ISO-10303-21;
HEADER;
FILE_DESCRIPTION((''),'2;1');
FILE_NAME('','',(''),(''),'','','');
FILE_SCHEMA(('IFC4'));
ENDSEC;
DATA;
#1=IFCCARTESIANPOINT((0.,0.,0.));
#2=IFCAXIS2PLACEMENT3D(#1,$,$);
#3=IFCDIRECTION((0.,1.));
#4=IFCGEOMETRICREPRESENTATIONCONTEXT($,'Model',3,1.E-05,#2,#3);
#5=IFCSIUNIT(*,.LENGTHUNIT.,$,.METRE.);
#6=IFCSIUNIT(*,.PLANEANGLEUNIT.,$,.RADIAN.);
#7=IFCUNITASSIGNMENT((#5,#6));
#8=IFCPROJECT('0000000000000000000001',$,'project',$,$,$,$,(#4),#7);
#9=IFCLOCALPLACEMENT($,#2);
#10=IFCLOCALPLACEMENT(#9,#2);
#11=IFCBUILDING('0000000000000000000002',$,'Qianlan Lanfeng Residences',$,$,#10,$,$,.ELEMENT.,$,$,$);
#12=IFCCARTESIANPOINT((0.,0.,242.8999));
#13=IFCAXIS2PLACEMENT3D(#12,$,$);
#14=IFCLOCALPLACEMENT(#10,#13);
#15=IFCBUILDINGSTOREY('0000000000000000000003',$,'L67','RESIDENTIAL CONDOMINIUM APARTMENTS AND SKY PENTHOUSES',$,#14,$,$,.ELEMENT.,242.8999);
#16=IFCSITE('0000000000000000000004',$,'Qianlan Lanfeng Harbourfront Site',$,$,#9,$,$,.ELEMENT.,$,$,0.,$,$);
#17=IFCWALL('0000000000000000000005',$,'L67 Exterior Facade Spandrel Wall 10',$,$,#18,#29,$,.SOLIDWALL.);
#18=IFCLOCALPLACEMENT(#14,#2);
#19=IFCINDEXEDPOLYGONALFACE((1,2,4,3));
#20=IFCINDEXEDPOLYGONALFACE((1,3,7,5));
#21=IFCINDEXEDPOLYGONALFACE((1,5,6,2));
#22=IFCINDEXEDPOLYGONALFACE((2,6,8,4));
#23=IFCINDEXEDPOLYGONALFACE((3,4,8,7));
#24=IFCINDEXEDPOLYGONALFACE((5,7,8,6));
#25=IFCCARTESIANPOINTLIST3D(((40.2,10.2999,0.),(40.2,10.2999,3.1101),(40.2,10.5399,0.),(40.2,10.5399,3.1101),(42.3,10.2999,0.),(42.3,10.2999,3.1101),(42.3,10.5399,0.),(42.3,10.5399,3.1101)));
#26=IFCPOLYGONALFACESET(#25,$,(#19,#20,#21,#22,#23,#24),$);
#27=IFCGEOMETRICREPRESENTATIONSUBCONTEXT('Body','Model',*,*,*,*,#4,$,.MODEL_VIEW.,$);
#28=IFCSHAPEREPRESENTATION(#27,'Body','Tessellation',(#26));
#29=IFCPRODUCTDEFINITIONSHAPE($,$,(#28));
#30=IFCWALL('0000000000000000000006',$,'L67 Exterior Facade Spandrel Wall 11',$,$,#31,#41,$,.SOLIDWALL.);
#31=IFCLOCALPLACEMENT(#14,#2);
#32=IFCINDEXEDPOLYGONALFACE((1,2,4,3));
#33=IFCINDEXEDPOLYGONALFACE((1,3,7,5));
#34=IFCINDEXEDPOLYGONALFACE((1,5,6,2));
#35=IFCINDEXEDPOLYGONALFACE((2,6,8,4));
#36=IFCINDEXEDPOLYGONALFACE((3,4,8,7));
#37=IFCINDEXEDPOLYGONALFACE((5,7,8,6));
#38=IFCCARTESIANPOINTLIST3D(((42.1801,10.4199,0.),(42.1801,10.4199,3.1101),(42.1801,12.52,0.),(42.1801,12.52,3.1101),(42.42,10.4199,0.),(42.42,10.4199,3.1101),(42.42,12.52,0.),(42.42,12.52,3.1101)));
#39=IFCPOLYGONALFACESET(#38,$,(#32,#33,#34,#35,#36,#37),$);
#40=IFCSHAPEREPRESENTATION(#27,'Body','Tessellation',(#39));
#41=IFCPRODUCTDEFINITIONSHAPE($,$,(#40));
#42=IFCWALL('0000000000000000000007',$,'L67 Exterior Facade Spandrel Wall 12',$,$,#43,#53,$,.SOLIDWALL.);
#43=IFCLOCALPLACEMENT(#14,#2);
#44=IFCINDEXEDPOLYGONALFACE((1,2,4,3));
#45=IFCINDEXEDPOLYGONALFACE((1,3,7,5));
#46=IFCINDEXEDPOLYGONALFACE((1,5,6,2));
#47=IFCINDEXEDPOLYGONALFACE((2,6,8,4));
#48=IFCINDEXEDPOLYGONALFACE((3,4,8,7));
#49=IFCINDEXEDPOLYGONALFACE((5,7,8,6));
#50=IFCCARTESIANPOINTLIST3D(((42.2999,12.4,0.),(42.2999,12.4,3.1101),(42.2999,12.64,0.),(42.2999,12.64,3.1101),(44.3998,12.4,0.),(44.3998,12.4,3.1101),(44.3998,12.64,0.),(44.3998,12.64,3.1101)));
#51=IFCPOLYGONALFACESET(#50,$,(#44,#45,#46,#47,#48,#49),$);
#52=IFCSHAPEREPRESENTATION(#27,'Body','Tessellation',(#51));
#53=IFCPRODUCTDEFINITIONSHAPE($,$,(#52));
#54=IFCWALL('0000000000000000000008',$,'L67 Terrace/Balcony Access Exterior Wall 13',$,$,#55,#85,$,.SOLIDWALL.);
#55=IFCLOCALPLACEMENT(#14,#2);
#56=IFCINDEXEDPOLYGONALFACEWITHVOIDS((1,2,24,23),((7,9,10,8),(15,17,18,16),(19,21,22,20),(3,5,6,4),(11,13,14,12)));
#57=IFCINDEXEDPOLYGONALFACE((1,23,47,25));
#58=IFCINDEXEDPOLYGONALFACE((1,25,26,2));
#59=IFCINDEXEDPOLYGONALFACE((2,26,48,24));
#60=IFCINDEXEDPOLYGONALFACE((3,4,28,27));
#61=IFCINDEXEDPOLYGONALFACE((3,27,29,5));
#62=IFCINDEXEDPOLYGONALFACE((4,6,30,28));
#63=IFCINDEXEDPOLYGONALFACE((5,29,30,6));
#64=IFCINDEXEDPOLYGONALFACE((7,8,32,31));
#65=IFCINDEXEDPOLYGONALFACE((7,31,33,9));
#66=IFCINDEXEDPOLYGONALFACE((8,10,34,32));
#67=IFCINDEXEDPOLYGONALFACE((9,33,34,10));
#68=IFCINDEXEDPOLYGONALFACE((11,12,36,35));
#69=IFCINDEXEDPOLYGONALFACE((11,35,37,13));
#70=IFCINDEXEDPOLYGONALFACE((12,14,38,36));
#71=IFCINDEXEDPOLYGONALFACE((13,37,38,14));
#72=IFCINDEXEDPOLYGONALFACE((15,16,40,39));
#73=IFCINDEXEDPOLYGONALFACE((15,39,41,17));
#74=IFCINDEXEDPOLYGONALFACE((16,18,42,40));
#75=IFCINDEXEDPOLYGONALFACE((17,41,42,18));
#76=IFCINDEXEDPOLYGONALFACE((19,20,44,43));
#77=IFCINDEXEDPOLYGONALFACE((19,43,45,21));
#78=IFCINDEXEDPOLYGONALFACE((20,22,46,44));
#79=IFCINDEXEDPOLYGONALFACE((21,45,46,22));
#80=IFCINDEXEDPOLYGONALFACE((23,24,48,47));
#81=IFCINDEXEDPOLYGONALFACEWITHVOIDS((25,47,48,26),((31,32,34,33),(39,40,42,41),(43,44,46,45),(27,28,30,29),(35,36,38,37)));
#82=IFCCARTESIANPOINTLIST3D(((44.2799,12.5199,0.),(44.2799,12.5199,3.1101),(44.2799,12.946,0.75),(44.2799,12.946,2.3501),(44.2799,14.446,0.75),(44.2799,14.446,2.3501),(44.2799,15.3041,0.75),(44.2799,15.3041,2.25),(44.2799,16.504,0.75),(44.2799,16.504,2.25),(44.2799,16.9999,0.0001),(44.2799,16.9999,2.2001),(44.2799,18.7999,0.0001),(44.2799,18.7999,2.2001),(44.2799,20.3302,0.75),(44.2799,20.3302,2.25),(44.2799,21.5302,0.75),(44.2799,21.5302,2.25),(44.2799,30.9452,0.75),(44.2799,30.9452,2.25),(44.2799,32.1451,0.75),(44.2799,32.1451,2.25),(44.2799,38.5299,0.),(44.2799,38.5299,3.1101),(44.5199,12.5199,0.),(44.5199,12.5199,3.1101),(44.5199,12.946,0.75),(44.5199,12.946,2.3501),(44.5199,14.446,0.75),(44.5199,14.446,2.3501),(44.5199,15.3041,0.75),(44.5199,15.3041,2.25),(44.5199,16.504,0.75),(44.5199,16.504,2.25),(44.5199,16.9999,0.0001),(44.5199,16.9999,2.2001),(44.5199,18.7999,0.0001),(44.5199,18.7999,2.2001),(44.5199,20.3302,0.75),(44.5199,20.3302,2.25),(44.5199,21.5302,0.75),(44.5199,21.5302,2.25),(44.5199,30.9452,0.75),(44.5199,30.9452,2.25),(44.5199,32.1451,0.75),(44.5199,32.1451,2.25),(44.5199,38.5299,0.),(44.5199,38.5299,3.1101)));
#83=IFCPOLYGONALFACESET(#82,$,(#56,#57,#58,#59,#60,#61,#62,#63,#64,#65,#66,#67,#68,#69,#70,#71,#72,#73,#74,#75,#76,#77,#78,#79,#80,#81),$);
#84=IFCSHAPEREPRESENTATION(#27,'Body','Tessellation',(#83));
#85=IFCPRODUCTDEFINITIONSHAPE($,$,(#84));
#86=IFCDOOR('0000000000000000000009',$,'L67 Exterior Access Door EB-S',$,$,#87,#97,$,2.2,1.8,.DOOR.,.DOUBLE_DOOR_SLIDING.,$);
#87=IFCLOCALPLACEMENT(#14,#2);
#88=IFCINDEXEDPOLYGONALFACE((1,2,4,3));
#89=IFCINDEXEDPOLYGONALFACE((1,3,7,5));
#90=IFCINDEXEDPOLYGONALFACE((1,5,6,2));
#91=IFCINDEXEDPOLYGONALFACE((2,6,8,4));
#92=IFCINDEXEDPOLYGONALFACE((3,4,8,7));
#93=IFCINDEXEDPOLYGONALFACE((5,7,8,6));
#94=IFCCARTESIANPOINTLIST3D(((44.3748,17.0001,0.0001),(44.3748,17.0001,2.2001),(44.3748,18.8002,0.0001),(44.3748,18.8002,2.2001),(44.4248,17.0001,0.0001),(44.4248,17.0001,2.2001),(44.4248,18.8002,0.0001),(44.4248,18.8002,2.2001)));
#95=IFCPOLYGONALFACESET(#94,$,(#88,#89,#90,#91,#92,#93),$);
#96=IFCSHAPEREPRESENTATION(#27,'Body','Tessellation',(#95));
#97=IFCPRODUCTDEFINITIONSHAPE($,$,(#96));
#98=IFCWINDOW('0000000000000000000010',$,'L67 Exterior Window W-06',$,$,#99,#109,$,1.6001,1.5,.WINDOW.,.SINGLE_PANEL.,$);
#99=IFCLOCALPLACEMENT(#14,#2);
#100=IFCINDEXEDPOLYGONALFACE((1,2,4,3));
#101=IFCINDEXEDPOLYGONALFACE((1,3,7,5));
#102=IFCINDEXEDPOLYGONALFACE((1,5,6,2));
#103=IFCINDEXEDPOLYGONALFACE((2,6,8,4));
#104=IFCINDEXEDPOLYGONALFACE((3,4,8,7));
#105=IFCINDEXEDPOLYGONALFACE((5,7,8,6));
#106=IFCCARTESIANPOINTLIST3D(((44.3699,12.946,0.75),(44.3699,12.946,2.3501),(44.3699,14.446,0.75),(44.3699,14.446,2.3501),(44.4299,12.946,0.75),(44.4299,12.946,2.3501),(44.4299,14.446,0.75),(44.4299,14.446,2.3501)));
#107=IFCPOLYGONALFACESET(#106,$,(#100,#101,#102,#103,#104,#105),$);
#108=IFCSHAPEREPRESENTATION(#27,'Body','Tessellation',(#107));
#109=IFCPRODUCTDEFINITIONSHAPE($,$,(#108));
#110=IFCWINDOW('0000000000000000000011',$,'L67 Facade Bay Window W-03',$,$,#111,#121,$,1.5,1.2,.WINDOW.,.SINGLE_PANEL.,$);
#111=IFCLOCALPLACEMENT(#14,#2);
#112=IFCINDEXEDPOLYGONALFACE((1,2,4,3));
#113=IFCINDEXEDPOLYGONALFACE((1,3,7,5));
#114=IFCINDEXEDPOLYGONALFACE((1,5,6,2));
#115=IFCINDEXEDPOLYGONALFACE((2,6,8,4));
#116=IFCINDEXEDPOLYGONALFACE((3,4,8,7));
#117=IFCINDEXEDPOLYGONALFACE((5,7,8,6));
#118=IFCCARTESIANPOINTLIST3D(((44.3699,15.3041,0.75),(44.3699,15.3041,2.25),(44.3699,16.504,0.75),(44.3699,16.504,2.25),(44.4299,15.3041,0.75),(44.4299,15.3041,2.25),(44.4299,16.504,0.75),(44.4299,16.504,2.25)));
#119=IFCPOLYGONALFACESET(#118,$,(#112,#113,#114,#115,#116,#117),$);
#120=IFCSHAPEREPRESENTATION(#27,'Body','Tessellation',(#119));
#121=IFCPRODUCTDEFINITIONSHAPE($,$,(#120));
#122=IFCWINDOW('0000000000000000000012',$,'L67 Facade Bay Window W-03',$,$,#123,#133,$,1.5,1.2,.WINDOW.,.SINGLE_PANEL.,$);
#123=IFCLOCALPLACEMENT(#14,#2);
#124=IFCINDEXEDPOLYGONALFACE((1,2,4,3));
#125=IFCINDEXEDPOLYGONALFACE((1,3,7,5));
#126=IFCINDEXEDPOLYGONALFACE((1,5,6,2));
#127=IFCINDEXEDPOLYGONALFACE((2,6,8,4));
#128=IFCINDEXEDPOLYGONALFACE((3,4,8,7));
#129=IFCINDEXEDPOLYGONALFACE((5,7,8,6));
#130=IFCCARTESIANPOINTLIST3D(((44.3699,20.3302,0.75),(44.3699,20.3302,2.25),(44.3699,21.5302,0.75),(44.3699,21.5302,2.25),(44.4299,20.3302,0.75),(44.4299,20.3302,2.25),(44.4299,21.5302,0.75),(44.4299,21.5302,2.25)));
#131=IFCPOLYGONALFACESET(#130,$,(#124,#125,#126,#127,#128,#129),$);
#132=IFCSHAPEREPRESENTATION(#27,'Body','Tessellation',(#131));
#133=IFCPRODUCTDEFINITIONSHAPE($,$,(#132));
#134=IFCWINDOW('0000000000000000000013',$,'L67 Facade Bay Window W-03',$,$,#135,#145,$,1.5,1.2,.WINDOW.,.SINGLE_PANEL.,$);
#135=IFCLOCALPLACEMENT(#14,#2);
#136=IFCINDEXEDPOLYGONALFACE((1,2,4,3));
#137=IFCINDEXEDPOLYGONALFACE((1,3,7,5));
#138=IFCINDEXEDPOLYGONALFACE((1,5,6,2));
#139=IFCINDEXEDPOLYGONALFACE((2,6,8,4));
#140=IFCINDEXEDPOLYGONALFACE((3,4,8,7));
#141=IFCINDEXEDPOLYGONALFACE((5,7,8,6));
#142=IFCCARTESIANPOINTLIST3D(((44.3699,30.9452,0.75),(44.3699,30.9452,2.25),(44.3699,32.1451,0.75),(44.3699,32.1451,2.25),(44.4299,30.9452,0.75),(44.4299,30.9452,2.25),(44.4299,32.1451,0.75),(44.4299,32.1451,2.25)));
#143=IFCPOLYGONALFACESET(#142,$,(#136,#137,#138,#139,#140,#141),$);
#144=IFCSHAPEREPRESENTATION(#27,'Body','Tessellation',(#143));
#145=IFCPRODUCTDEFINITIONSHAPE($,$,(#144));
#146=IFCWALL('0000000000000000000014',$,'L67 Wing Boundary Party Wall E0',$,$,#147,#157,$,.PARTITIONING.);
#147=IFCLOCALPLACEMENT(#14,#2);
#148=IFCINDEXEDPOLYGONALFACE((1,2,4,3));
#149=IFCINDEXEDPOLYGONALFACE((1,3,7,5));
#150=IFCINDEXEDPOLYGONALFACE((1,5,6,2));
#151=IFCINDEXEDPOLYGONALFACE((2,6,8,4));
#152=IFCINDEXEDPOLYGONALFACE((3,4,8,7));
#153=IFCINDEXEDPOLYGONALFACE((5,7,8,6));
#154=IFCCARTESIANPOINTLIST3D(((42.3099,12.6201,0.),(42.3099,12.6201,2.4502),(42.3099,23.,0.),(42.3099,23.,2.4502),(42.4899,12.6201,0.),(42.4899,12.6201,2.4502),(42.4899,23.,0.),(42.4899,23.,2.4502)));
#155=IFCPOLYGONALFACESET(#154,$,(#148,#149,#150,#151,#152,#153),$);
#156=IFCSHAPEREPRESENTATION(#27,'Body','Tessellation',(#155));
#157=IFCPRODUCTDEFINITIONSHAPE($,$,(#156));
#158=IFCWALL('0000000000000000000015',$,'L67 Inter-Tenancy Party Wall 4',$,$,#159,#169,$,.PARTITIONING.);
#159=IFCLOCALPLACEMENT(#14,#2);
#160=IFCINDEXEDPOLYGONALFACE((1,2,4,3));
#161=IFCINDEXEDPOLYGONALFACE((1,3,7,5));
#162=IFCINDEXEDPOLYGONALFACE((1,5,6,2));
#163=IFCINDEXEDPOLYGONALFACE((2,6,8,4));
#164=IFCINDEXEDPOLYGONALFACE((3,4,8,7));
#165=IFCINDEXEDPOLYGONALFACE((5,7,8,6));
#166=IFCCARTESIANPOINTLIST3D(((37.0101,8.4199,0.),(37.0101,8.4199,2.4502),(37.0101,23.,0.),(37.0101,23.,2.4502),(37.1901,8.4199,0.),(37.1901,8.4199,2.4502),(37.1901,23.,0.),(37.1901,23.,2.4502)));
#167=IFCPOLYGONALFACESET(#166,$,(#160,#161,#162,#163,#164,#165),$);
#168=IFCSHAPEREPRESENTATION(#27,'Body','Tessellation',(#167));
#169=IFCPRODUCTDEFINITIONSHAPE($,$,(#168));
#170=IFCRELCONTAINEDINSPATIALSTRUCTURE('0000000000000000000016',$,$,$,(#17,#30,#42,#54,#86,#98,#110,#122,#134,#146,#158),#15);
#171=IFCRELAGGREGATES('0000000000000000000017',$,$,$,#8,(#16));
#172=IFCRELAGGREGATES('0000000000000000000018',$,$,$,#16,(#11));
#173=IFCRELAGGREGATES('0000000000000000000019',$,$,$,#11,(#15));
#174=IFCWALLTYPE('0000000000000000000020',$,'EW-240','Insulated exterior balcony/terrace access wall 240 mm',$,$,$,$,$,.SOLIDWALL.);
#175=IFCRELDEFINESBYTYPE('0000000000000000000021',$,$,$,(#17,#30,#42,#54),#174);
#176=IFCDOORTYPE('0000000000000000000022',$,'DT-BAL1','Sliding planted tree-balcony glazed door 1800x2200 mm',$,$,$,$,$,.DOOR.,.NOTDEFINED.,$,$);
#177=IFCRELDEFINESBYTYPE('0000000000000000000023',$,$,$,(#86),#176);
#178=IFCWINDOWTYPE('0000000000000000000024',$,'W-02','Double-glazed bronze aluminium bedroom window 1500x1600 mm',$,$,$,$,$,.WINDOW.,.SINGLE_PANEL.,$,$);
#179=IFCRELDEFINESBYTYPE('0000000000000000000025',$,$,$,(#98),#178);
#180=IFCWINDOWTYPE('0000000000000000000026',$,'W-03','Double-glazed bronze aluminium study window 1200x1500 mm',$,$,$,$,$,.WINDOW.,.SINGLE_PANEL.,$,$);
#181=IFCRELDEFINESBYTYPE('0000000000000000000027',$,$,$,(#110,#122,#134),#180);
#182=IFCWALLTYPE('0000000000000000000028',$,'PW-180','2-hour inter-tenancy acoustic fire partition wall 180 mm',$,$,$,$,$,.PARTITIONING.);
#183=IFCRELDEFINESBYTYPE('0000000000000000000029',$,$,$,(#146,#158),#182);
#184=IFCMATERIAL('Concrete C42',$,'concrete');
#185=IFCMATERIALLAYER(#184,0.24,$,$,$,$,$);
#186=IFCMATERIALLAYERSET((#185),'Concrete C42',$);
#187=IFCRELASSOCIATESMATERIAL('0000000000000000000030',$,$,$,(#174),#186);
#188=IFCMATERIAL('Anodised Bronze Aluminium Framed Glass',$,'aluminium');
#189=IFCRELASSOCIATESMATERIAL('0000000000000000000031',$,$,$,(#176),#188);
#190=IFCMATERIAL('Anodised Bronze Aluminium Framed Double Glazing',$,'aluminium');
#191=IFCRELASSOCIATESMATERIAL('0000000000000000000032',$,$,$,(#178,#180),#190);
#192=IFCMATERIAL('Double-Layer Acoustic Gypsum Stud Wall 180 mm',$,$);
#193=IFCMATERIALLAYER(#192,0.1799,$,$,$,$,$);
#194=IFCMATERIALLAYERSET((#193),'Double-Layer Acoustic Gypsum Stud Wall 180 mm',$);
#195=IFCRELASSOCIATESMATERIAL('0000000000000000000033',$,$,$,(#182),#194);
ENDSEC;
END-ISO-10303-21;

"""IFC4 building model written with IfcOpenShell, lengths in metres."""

from ifc_helpers import new_model, si_unit, direction, frame, frame_2d, origin, place, context, subcontext, project, spatial, rectangle, extrude, material, layer, layer_set, type_object, element, fill, save


model = new_model("IFC4")

# Units and contexts
model_context = context("Model", 3, precision=1e-05, world=origin(), true_north=direction((0.0, 1.0)))
body_context = subcontext(model_context, "Body", "Model", "MODEL_VIEW")
ifc_project = project(units=[si_unit("LENGTHUNIT", "METRE"), si_unit("PLANEANGLEUNIT", "RADIAN")], contexts=[model_context])

# Site, building, storey
site_placement = place(None, origin())
site = spatial("IfcSite", under=ifc_project, at=site_placement, Name="Qianlan Lanfeng Harbourfront Site", CompositionType="ELEMENT", RefElevation=0.0)
building_placement = place(site_placement, origin())
building = spatial("IfcBuilding", under=site, at=building_placement, Name="Qianlan Lanfeng Residences", CompositionType="ELEMENT")
storey_placement = place(building_placement, frame((0.0, 0.0, 242.8999)))
storey = spatial("IfcBuildingStorey", under=building, at=storey_placement, Name="L67", Description="RESIDENTIAL CONDOMINIUM APARTMENTS AND SKY PENTHOUSES", CompositionType="ELEMENT", Elevation=242.8999)

# Walls
ifc_material_1 = material(Name="Concrete C42", Category="concrete")
ifc_layer_1 = layer(ifc_material_1, 0.24)
ifc_layer_set_1 = layer_set([ifc_layer_1], Name="Concrete C42")
wall_type_1 = type_object("IfcWallType", Name="EW-240", Description="Insulated exterior balcony/terrace access wall 240 mm", PredefinedType="SOLIDWALL", material=ifc_layer_set_1)
for number, where, z_axis, x_axis, name in (
    (1, (40.2, 10.4199, 0.0), (0.0, 0.0, 1.0), (1.0, 0.0, 0.0), "L67 Exterior Facade Spandrel Wall 10"),
    (2, (42.3, 10.4199, 0.0), (0.0, 0.0, 1.0), (0.0, 1.0, 0.0), "L67 Exterior Facade Spandrel Wall 11"),
):
    element("IfcWall", number, at=place(storey_placement, frame(where, z_axis=z_axis, x_axis=x_axis)), inside=storey, type_object=wall_type_1, Name=name, PredefinedType="SOLIDWALL", context=body_context, shape_type="SweptSolid", body=[
        extrude(rectangle(XDim=2.1001, YDim=0.24, at=frame_2d((1.05, 0.0))), origin(), (0.0, 0.0, 1.0), 3.1101),
    ])
wall_1_placement = place(storey_placement, frame((42.3, 12.52, 0.0), z_axis=(0.0, 0.0, 1.0), x_axis=(1.0, 0.0, 0.0)))
element("IfcWall", 3, at=wall_1_placement, inside=storey, type_object=wall_type_1, Name="L67 Exterior Facade Spandrel Wall 12", PredefinedType="SOLIDWALL", context=body_context, shape_type="SweptSolid", body=[
    extrude(rectangle(XDim=2.0999, YDim=0.24, at=frame_2d((1.0498, 0.0))), origin(), (0.0, 0.0, 1.0), 3.1101),
])

# Wall, openings, door, windows
wall_2_placement = place(storey_placement, frame((44.3999, 12.52, 0.0), z_axis=(0.0, 0.0, 1.0), x_axis=(0.0, 1.0, 0.0)))
wall_2 = element("IfcWall", 4, at=wall_2_placement, inside=storey, type_object=wall_type_1, Name="L67 Terrace/Balcony Access Exterior Wall 13", PredefinedType="SOLIDWALL", context=body_context, shape_type="SweptSolid", body=[
    extrude(rectangle(XDim=26.01, YDim=0.24, at=frame_2d((13.0049, 0.0))), origin(), (0.0, 0.0, 1.0), 3.1101),
])
opening_1_placement = place(wall_2_placement, frame((4.48, 0.0, 0.0)))
opening_1 = element("IfcOpeningElement", 5, at=opening_1_placement, cuts=wall_2, PredefinedType="OPENING", context=body_context, shape_type="SweptSolid", body=[
    extrude(rectangle(XDim=1.8, YDim=2.2, at=frame_2d((0.8999, 1.1001))), frame((0.0, 0.1299, 0.0), z_axis=(0.0, -1.0, 0.0), x_axis=(1.0, 0.0, 0.0)), (0.0, 0.0, 1.0), 0.26),
])
opening_2_placement = place(wall_2_placement, frame((0.426, 0.0, 0.75)))
opening_2 = element("IfcOpeningElement", 6, at=opening_2_placement, cuts=wall_2, PredefinedType="OPENING", context=body_context, shape_type="SweptSolid", body=[
    extrude(rectangle(XDim=1.5, YDim=1.6001, at=frame_2d((0.75, 0.8))), frame((0.0, 0.1299, 0.0), z_axis=(0.0, -1.0, 0.0), x_axis=(1.0, 0.0, 0.0)), (0.0, 0.0, 1.0), 0.26),
])
opening_3_placement = place(wall_2_placement, frame((2.7839, 0.0, 0.75)))
opening_3 = element("IfcOpeningElement", 7, at=opening_3_placement, cuts=wall_2, PredefinedType="OPENING", context=body_context, shape_type="SweptSolid", body=[
    extrude(rectangle(XDim=1.2, YDim=1.5, at=frame_2d((0.6001, 0.75))), frame((0.0, 0.1299, 0.0), z_axis=(0.0, -1.0, 0.0), x_axis=(1.0, 0.0, 0.0)), (0.0, 0.0, 1.0), 0.26),
])
opening_4_placement = place(wall_2_placement, frame((7.8101, 0.0, 0.75)))
opening_4 = element("IfcOpeningElement", 8, at=opening_4_placement, cuts=wall_2, PredefinedType="OPENING", context=body_context, shape_type="SweptSolid", body=[
    extrude(rectangle(XDim=1.2, YDim=1.5, at=frame_2d((0.6001, 0.75))), frame((0.0, 0.1299, 0.0), z_axis=(0.0, -1.0, 0.0), x_axis=(1.0, 0.0, 0.0)), (0.0, 0.0, 1.0), 0.26),
])
opening_5_placement = place(wall_2_placement, frame((18.425, 0.0, 0.75)))
opening_5 = element("IfcOpeningElement", 9, at=opening_5_placement, cuts=wall_2, PredefinedType="OPENING", context=body_context, shape_type="SweptSolid", body=[
    extrude(rectangle(XDim=1.2, YDim=1.5, at=frame_2d((0.6001, 0.75))), frame((0.0, 0.1299, 0.0), z_axis=(0.0, -1.0, 0.0), x_axis=(1.0, 0.0, 0.0)), (0.0, 0.0, 1.0), 0.26),
])
ifc_material_2 = material(Name="Anodised Bronze Aluminium Framed Glass", Category="aluminium")
door_type = type_object("IfcDoorType", Name="DT-BAL1", Description="Sliding planted tree-balcony glazed door 1800x2200 mm", OperationType="NOTDEFINED", PredefinedType="DOOR", material=ifc_material_2)
door_placement = place(opening_1_placement, frame((1.8, 0.0, 0.0), z_axis=(0.0, 0.0, 1.0), x_axis=(-1.0, 0.0, 0.0)))
door = element("IfcDoor", 10, at=door_placement, inside=storey, type_object=door_type, Name="L67 Exterior Access Door EB-S", OperationType="DOUBLE_DOOR_SLIDING", OverallHeight=2.2, OverallWidth=1.8, PredefinedType="DOOR", context=body_context, shape_type="SweptSolid", body=[
    extrude(rectangle(XDim=1.8, YDim=2.2, at=frame_2d((0.8999, 1.1001))), frame((0.0, 0.0249, 0.0), z_axis=(0.0, -1.0, 0.0), x_axis=(1.0, 0.0, 0.0)), (0.0, 0.0, 1.0), 0.05),
])
fill(opening_1, door)
ifc_material_3 = material(Name="Anodised Bronze Aluminium Framed Double Glazing", Category="aluminium")
window_type_1 = type_object("IfcWindowType", Name="W-02", Description="Double-glazed bronze aluminium bedroom window 1500x1600 mm", PartitioningType="SINGLE_PANEL", PredefinedType="WINDOW", material=ifc_material_3)
window_1_placement = place(opening_2_placement, origin())
window_1 = element("IfcWindow", 11, at=window_1_placement, inside=storey, type_object=window_type_1, Name="L67 Exterior Window W-06", OverallHeight=1.6001, OverallWidth=1.5, PartitioningType="SINGLE_PANEL", PredefinedType="WINDOW", context=body_context, shape_type="SweptSolid", body=[
    extrude(rectangle(XDim=1.5, YDim=1.6001, at=frame_2d((0.75, 0.8))), frame((0.0, 0.03, 0.0), z_axis=(0.0, -1.0, 0.0), x_axis=(1.0, 0.0, 0.0)), (0.0, 0.0, 1.0), 0.0601),
])
fill(opening_2, window_1)
window_type_2 = type_object("IfcWindowType", Name="W-03", Description="Double-glazed bronze aluminium study window 1200x1500 mm", PartitioningType="SINGLE_PANEL", PredefinedType="WINDOW", material=ifc_material_3)
window_2_placement = place(opening_3_placement, origin())
window_2 = element("IfcWindow", 12, at=window_2_placement, inside=storey, type_object=window_type_2, Name="L67 Facade Bay Window W-03", OverallHeight=1.5, OverallWidth=1.2, PartitioningType="SINGLE_PANEL", PredefinedType="WINDOW", context=body_context, shape_type="SweptSolid", body=[
    extrude(rectangle(XDim=1.2, YDim=1.5, at=frame_2d((0.6001, 0.75))), frame((0.0, 0.03, 0.0), z_axis=(0.0, -1.0, 0.0), x_axis=(1.0, 0.0, 0.0)), (0.0, 0.0, 1.0), 0.0601),
])
fill(opening_3, window_2)
window_3_placement = place(opening_4_placement, origin())
window_3 = element("IfcWindow", 13, at=window_3_placement, inside=storey, type_object=window_type_2, Name="L67 Facade Bay Window W-03", OverallHeight=1.5, OverallWidth=1.2, PartitioningType="SINGLE_PANEL", PredefinedType="WINDOW", context=body_context, shape_type="SweptSolid", body=[
    extrude(rectangle(XDim=1.2, YDim=1.5, at=frame_2d((0.6001, 0.75))), frame((0.0, 0.03, 0.0), z_axis=(0.0, -1.0, 0.0), x_axis=(1.0, 0.0, 0.0)), (0.0, 0.0, 1.0), 0.0601),
])
fill(opening_4, window_3)
window_4_placement = place(opening_5_placement, origin())
window_4 = element("IfcWindow", 14, at=window_4_placement, inside=storey, type_object=window_type_2, Name="L67 Facade Bay Window W-03", OverallHeight=1.5, OverallWidth=1.2, PartitioningType="SINGLE_PANEL", PredefinedType="WINDOW", context=body_context, shape_type="SweptSolid", body=[
    extrude(rectangle(XDim=1.2, YDim=1.5, at=frame_2d((0.6001, 0.75))), frame((0.0, 0.03, 0.0), z_axis=(0.0, -1.0, 0.0), x_axis=(1.0, 0.0, 0.0)), (0.0, 0.0, 1.0), 0.0601),
])
fill(opening_5, window_4)

# Walls
ifc_material_4 = material(Name="Double-Layer Acoustic Gypsum Stud Wall 180 mm")
ifc_layer_2 = layer(ifc_material_4, 0.1799)
ifc_layer_set_2 = layer_set([ifc_layer_2], Name="Double-Layer Acoustic Gypsum Stud Wall 180 mm")
wall_type_2 = type_object("IfcWallType", Name="PW-180", Description="2-hour inter-tenancy acoustic fire partition wall 180 mm", PredefinedType="PARTITIONING", material=ifc_layer_set_2)
wall_3_placement = place(storey_placement, frame((42.3999, 12.6201, 0.0), z_axis=(0.0, 0.0, 1.0), x_axis=(0.0, 1.0, 0.0)))
element("IfcWall", 15, at=wall_3_placement, inside=storey, type_object=wall_type_2, Name="L67 Wing Boundary Party Wall E0", PredefinedType="PARTITIONING", context=body_context, shape_type="SweptSolid", body=[
    extrude(rectangle(XDim=10.3799, YDim=0.1799, at=frame_2d((5.1899, 0.0))), origin(), (0.0, 0.0, 1.0), 2.4502),
])
wall_4_placement = place(storey_placement, frame((37.1001, 8.4199, 0.0), z_axis=(0.0, 0.0, 1.0), x_axis=(0.0, 1.0, 0.0)))
element("IfcWall", 16, at=wall_4_placement, inside=storey, type_object=wall_type_2, Name="L67 Inter-Tenancy Party Wall 4", PredefinedType="PARTITIONING", context=body_context, shape_type="SweptSolid", body=[
    extrude(rectangle(XDim=14.5801, YDim=0.1799, at=frame_2d((7.29, 0.0))), origin(), (0.0, 0.0, 1.0), 2.4502),
])

save(model, "model.ifc")
